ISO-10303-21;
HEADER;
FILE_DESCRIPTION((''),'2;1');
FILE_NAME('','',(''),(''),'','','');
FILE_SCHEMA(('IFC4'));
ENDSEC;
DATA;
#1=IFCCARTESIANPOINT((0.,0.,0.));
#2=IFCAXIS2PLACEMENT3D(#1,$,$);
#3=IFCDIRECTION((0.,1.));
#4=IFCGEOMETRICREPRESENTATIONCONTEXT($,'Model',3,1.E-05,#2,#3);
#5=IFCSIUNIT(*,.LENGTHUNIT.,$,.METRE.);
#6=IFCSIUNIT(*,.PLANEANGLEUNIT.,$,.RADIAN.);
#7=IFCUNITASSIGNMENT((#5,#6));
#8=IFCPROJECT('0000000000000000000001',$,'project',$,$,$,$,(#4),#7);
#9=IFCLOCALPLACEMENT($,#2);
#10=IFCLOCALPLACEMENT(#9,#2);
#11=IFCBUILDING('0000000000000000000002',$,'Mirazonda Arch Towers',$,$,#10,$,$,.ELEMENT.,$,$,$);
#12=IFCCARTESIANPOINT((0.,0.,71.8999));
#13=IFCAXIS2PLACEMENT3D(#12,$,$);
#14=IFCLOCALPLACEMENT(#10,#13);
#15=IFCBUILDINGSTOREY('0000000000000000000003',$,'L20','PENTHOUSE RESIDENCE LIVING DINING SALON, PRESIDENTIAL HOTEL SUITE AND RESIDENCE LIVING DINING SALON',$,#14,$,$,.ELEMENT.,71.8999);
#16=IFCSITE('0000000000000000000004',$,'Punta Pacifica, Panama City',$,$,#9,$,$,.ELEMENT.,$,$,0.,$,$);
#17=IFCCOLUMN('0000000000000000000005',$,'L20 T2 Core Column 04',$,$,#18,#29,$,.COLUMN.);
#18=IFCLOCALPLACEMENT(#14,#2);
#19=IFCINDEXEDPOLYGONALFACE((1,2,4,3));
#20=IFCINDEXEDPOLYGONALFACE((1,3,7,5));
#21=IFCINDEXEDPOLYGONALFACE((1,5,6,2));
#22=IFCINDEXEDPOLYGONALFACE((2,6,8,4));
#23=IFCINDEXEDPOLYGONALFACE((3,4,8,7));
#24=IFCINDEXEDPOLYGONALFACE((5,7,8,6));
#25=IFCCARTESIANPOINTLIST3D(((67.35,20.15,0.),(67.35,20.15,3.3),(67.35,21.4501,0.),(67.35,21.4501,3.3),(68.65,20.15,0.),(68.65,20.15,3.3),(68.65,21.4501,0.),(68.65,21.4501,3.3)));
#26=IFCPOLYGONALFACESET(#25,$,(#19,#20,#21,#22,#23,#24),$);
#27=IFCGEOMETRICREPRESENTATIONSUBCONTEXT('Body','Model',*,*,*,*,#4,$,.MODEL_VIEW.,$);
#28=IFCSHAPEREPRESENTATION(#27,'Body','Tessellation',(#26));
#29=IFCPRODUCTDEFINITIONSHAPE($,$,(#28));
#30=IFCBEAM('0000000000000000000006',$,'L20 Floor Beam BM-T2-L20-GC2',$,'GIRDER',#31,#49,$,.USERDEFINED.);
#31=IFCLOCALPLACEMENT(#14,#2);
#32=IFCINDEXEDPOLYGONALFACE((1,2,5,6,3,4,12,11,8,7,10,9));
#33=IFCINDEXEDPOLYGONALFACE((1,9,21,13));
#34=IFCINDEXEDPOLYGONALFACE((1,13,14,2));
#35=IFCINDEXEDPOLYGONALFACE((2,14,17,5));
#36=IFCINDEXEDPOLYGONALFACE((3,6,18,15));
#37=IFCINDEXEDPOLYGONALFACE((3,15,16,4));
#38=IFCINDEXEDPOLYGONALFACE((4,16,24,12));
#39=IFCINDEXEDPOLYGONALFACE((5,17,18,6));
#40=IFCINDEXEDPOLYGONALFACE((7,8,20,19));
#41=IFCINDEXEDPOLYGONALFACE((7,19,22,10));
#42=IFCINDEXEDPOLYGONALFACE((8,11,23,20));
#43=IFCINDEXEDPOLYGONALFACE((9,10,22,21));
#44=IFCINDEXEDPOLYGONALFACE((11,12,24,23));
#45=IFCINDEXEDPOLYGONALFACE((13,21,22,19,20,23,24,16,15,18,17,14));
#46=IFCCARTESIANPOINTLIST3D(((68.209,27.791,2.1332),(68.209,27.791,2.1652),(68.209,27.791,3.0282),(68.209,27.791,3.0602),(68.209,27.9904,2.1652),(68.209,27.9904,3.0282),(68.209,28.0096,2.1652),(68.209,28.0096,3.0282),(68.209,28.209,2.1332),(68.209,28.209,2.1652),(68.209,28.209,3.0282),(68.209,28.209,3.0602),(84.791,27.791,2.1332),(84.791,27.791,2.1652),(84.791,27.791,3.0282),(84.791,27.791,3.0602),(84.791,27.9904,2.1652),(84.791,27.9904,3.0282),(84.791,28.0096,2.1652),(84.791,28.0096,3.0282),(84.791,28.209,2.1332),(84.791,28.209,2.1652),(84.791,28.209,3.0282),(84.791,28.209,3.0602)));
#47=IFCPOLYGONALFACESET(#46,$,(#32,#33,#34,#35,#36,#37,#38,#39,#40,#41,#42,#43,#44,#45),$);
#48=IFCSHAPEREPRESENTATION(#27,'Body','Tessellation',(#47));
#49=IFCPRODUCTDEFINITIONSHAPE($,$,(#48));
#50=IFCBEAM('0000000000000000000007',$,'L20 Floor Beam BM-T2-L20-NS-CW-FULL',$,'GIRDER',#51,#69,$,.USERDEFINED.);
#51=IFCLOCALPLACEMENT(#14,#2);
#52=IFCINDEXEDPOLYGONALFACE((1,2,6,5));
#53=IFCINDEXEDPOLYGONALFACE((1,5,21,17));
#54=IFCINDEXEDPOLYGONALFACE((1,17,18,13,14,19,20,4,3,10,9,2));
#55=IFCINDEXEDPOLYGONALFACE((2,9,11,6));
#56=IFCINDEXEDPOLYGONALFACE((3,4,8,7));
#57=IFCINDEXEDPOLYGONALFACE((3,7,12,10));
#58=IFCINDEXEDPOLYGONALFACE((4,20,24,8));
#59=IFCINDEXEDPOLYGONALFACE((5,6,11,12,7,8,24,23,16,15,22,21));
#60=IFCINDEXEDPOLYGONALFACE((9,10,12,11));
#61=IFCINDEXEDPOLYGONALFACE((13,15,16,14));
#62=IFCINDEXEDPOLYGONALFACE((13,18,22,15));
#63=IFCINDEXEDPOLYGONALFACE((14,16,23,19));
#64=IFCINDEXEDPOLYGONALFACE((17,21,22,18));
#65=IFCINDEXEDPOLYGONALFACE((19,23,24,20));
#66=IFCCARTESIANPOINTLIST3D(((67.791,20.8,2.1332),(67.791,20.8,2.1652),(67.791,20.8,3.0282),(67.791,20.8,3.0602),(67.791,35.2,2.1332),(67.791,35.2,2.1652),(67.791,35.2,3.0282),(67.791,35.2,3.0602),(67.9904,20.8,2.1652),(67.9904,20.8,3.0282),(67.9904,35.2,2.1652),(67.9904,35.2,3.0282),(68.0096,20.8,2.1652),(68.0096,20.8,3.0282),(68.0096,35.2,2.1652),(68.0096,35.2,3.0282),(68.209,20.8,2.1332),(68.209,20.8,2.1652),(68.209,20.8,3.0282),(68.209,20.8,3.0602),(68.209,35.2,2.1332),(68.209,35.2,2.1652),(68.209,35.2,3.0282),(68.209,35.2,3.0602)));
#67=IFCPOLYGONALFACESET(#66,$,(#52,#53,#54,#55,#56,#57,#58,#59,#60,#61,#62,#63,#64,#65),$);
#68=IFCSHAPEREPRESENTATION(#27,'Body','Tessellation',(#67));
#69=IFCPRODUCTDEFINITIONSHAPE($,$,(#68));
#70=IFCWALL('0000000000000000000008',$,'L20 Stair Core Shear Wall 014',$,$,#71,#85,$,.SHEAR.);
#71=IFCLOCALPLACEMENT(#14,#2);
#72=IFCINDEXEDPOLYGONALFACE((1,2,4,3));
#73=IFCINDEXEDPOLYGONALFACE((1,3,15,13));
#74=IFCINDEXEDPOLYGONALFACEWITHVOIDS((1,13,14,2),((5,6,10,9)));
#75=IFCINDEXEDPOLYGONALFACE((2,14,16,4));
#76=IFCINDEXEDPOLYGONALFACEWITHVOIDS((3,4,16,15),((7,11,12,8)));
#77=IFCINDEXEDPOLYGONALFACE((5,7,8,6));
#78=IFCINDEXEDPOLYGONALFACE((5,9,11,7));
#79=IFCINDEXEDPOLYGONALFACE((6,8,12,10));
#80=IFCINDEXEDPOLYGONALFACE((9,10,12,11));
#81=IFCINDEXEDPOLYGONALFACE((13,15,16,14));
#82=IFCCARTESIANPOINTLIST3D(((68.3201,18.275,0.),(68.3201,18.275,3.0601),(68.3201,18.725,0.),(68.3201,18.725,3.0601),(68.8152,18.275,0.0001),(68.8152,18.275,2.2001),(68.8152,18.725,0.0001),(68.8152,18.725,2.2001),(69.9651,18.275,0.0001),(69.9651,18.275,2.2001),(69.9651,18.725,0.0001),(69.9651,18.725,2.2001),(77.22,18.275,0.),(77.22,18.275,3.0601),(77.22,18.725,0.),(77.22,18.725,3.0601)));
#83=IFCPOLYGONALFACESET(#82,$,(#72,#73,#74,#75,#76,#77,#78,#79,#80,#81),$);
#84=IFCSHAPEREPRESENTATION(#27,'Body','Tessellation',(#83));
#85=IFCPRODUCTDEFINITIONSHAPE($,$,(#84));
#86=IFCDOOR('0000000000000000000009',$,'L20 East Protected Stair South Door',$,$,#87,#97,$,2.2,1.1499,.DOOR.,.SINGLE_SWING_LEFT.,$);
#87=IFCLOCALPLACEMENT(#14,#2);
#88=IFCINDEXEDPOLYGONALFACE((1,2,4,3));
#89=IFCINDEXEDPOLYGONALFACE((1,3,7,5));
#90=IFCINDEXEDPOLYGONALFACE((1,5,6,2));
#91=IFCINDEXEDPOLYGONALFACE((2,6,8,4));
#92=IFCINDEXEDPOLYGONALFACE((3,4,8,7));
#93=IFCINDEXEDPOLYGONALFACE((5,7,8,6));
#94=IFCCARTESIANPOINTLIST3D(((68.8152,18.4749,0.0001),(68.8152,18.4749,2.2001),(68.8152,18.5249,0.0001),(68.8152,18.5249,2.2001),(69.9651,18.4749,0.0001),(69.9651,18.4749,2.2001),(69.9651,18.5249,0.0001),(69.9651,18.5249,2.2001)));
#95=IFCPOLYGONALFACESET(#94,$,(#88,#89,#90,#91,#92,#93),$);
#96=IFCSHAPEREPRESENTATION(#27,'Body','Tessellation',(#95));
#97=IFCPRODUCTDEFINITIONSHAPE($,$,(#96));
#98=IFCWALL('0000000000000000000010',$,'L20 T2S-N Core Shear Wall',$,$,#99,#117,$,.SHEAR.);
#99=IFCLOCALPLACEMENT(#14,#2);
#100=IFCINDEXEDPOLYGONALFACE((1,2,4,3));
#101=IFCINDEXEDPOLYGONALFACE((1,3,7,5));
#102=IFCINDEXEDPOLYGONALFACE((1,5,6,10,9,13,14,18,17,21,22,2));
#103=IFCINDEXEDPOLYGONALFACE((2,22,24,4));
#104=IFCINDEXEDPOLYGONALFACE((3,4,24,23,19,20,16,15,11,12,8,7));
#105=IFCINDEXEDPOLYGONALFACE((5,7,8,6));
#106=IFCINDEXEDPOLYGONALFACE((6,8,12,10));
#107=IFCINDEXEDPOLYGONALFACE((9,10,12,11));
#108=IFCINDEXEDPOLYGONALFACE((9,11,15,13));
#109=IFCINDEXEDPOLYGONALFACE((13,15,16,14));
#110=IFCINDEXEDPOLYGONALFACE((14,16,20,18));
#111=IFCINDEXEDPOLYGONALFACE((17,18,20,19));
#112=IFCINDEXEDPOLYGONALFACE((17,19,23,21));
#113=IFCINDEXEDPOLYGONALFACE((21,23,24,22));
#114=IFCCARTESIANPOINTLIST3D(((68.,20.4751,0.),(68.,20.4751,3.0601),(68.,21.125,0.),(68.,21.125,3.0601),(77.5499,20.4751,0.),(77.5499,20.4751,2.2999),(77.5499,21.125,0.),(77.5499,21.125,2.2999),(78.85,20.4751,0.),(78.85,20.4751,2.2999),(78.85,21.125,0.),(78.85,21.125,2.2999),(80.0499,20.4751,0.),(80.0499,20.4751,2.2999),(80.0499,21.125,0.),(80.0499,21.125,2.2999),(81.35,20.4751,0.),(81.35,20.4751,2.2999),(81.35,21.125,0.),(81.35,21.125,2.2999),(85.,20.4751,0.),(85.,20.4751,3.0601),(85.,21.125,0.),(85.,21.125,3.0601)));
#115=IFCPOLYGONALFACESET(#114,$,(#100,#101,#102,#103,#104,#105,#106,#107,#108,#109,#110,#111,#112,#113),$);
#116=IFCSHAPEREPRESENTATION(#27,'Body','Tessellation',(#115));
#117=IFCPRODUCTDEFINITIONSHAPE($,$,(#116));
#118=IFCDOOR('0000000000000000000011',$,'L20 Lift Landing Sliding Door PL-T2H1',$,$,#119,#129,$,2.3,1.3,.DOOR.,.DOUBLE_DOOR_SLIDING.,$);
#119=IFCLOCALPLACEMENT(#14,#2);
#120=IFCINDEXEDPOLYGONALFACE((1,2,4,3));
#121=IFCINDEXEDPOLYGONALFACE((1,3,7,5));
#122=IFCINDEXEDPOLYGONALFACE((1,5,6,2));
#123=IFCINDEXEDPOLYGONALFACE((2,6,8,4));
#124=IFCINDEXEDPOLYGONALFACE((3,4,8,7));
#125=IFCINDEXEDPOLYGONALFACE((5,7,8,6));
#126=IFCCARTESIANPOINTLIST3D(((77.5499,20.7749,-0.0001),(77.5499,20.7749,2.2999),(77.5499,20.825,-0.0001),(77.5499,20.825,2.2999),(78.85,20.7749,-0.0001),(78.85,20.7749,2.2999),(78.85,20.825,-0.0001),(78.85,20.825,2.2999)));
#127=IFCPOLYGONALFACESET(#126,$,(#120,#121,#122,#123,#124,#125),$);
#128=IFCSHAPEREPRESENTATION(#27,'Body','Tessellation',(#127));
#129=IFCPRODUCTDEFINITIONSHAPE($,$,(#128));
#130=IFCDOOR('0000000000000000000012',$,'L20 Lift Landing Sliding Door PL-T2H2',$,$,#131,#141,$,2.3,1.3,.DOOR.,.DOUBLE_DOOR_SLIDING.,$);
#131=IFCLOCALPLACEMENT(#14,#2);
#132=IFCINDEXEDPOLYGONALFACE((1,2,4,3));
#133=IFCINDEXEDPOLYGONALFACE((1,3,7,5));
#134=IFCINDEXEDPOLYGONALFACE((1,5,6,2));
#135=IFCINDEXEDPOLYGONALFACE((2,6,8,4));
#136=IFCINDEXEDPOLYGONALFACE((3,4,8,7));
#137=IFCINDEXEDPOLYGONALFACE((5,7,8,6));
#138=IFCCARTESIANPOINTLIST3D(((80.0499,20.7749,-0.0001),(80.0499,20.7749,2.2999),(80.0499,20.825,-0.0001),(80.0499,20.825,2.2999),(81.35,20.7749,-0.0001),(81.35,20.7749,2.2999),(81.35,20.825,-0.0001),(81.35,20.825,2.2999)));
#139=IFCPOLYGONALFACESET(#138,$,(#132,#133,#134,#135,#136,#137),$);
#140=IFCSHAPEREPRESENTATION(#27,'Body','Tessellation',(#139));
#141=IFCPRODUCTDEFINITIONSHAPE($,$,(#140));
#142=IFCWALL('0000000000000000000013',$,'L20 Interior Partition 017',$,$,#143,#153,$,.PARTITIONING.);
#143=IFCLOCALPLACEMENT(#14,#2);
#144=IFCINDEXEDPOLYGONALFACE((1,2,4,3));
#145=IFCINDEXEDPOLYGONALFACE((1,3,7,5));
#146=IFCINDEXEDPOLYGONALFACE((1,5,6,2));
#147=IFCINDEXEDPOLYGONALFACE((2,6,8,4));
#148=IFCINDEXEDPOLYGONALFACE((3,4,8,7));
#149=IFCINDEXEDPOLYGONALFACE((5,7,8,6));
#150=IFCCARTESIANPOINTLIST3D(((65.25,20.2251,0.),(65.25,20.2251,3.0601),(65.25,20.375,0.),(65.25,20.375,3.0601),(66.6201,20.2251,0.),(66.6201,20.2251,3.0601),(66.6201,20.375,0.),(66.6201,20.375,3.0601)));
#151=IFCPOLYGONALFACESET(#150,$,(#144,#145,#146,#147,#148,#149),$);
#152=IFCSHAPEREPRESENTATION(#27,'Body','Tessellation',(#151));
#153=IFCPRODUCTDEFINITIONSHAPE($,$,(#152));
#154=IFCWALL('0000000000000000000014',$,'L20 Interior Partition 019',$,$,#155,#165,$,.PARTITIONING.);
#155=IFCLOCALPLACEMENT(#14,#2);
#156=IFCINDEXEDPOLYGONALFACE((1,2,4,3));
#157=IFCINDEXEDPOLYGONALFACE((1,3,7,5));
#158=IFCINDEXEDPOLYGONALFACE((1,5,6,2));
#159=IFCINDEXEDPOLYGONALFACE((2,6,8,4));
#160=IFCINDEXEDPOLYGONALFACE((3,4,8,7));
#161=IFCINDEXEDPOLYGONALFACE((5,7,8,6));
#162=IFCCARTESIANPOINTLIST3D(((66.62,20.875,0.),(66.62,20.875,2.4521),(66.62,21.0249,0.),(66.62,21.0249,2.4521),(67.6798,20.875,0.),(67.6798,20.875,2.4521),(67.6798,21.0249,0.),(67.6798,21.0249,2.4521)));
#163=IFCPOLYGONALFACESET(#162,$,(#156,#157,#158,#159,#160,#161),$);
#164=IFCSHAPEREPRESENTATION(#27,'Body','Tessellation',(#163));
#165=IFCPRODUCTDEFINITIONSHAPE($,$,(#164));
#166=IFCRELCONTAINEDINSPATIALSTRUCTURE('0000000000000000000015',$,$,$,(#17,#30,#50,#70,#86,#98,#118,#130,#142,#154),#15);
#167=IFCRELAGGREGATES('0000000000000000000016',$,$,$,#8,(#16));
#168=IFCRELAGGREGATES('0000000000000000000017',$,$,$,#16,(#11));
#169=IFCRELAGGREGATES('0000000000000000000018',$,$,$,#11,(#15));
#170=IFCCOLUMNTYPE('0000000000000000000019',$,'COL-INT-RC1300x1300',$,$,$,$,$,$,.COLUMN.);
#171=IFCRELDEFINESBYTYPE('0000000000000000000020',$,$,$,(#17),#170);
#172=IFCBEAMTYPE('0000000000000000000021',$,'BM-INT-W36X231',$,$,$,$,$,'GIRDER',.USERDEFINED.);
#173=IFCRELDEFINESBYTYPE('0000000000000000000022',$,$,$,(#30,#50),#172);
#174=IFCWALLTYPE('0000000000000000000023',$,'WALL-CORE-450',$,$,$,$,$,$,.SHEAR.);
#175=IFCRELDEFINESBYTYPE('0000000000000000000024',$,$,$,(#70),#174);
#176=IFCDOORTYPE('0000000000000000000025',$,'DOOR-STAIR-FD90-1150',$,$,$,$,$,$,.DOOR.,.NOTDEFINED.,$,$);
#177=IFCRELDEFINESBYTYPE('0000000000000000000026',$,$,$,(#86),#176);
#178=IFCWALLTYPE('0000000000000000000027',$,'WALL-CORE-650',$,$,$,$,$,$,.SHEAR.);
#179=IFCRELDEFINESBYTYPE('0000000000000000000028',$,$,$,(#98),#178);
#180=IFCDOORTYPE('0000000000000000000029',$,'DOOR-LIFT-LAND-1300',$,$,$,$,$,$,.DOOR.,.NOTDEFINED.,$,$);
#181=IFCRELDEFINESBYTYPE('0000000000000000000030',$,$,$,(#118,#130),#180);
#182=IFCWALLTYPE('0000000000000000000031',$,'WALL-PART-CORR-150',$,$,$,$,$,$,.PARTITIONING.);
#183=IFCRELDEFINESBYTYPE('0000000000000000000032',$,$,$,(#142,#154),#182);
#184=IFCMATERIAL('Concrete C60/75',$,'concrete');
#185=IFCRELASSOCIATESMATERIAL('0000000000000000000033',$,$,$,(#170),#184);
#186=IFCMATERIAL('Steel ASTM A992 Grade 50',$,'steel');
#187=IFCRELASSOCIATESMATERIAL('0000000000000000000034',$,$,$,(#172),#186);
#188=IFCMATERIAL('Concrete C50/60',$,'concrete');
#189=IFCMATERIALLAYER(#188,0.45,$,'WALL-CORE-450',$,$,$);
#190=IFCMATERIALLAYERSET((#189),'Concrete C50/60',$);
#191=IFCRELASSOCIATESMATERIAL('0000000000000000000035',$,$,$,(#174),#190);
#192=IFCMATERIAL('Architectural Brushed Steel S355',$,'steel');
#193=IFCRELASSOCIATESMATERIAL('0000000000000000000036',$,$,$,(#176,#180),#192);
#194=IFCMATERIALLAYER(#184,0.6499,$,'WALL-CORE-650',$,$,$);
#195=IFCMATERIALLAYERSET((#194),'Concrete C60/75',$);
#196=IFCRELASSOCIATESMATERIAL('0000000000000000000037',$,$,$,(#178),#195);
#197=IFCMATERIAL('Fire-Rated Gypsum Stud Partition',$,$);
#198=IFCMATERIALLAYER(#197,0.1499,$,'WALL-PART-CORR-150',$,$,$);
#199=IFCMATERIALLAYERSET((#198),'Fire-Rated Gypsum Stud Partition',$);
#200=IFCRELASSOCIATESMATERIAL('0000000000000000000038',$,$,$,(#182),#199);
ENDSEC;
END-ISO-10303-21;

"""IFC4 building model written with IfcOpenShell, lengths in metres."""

from ifc_helpers import new_model, si_unit, direction, frame, frame_2d, origin, origin_2d, place, context, subcontext, project, spatial, rectangle, i_section, extrude, material, layer, layer_set, material_profile, profile_set, type_object, element, fill, save


model = new_model("IFC4")

# Units and contexts
model_context = context("Model", 3, precision=1e-05, world=origin(), true_north=direction((0.0, 1.0)))
body_context = subcontext(model_context, "Body", "Model", "MODEL_VIEW")
ifc_project = project(units=[si_unit("LENGTHUNIT", "METRE"), si_unit("PLANEANGLEUNIT", "RADIAN")], contexts=[model_context])

# Site, building, storey
site_placement = place(None, origin())
site = spatial("IfcSite", under=ifc_project, at=site_placement, Name="Punta Pacifica, Panama City", CompositionType="ELEMENT", RefElevation=0.0)
building_placement = place(site_placement, origin())
building = spatial("IfcBuilding", under=site, at=building_placement, Name="Mirazonda Arch Towers", CompositionType="ELEMENT")
storey_placement = place(building_placement, frame((0.0, 0.0, 71.8999)))
storey = spatial("IfcBuildingStorey", under=building, at=storey_placement, Name="L20", Description="PENTHOUSE RESIDENCE LIVING DINING SALON, PRESIDENTIAL HOTEL SUITE AND RESIDENCE LIVING DINING SALON", CompositionType="ELEMENT", Elevation=71.8999)

# Column
ifc_material_1 = material(Name="Concrete C60/75", Category="concrete")
ifc_material_profile_1 = material_profile(ifc_material_1, rectangle(XDim=1.3, YDim=1.3, at=origin_2d()), Name="RC1300x1300")
ifc_profile_set_1 = profile_set([ifc_material_profile_1], Name="Concrete C60/75")
column_type = type_object("IfcColumnType", Name="COL-INT-RC1300x1300", PredefinedType="COLUMN", material=ifc_profile_set_1)
column_placement = place(storey_placement, frame((68.0, 20.8, 0.0), z_axis=(0.0, 0.0, 1.0), x_axis=(1.0, 0.0, 0.0)))
element("IfcColumn", 1, at=column_placement, inside=storey, type_object=column_type, Name="L20 T2 Core Column 04", PredefinedType="COLUMN", context=body_context, shape_type="SweptSolid", body=[
    extrude(rectangle(XDim=1.3, YDim=1.3, at=origin_2d()), origin(), (0.0, 0.0, 1.0), 3.3),
])

# Beams
ifc_material_2 = material(Name="Steel ASTM A992 Grade 50", Category="steel")
ifc_material_profile_2 = material_profile(ifc_material_2, i_section(OverallWidth=0.418, OverallDepth=0.927, WebThickness=0.0193, FlangeThickness=0.032, at=origin_2d()), Name="W36X231")
ifc_profile_set_2 = profile_set([ifc_material_profile_2], Name="Steel ASTM A992 Grade 50")
beam_type = type_object("IfcBeamType", Name="BM-INT-W36X231", ElementType="GIRDER", PredefinedType="USERDEFINED", material=ifc_profile_set_2)
beam_1_placement = place(storey_placement, frame((68.209, 28.0, 2.5967), z_axis=(1.0, 0.0, 0.0), x_axis=(0.0, 1.0, 0.0)))
element("IfcBeam", 2, at=beam_1_placement, inside=storey, type_object=beam_type, Name="L20 Floor Beam BM-T2-L20-GC2", ObjectType="GIRDER", PredefinedType="USERDEFINED", context=body_context, shape_type="SweptSolid", body=[
    extrude(i_section(OverallWidth=0.418, OverallDepth=0.927, WebThickness=0.0193, FlangeThickness=0.032, at=origin_2d()), origin(), (0.0, 0.0, 1.0), 16.582),
])
beam_2_placement = place(storey_placement, frame((68.0, 20.8, 2.5967), z_axis=(0.0, 1.0, 0.0), x_axis=(-1.0, 0.0, 0.0)))
element("IfcBeam", 3, at=beam_2_placement, inside=storey, type_object=beam_type, Name="L20 Floor Beam BM-T2-L20-NS-CW-FULL", ObjectType="GIRDER", PredefinedType="USERDEFINED", context=body_context, shape_type="SweptSolid", body=[
    extrude(i_section(OverallWidth=0.418, OverallDepth=0.927, WebThickness=0.0193, FlangeThickness=0.032, at=origin_2d()), origin(), (0.0, 0.0, 1.0), 14.3999),
])

# Wall, opening, door
ifc_material_3 = material(Name="Concrete C50/60", Category="concrete")
ifc_layer_1 = layer(ifc_material_3, 0.45, Name="WALL-CORE-450")
ifc_layer_set_1 = layer_set([ifc_layer_1], Name="Concrete C50/60")
wall_type_1 = type_object("IfcWallType", Name="WALL-CORE-450", PredefinedType="SHEAR", material=ifc_layer_set_1)
wall_1_placement = place(storey_placement, frame((68.3201, 18.5, 0.0), z_axis=(0.0, 0.0, 1.0), x_axis=(1.0, 0.0, 0.0)))
wall_1 = element("IfcWall", 4, at=wall_1_placement, inside=storey, type_object=wall_type_1, Name="L20 Stair Core Shear Wall 014", PredefinedType="SHEAR", context=body_context, shape_type="SweptSolid", body=[
    extrude(rectangle(XDim=8.8999, YDim=0.45, at=frame_2d((4.45, 0.0))), origin(), (0.0, 0.0, 1.0), 3.0601),
])
opening_1_placement = place(wall_1_placement, frame((0.4951, 0.0, 0.0)))
opening_1 = element("IfcOpeningElement", 5, at=opening_1_placement, cuts=wall_1, PredefinedType="OPENING", context=body_context, shape_type="SweptSolid", body=[
    extrude(rectangle(XDim=1.1499, YDim=2.2, at=frame_2d((0.575, 1.1001))), frame((0.0, 0.2349, 0.0), z_axis=(0.0, -1.0, 0.0), x_axis=(1.0, 0.0, 0.0)), (0.0, 0.0, 1.0), 0.47),
])
ifc_material_4 = material(Name="Architectural Brushed Steel S355", Category="steel")
door_type_1 = type_object("IfcDoorType", Name="DOOR-STAIR-FD90-1150", OperationType="NOTDEFINED", PredefinedType="DOOR", material=ifc_material_4)
door_1_placement = place(opening_1_placement, origin())
door_1 = element("IfcDoor", 6, at=door_1_placement, inside=storey, type_object=door_type_1, Name="L20 East Protected Stair South Door", OperationType="SINGLE_SWING_LEFT", OverallHeight=2.2, OverallWidth=1.1499, PredefinedType="DOOR", context=body_context, shape_type="SweptSolid", body=[
    extrude(rectangle(XDim=1.1499, YDim=2.2, at=frame_2d((0.575, 1.1001))), frame((0.0, 0.0249, 0.0), z_axis=(0.0, -1.0, 0.0), x_axis=(1.0, 0.0, 0.0)), (0.0, 0.0, 1.0), 0.05),
])
fill(opening_1, door_1)

# Wall, openings, doors
ifc_layer_2 = layer(ifc_material_1, 0.6499, Name="WALL-CORE-650")
ifc_layer_set_2 = layer_set([ifc_layer_2], Name="Concrete C60/75")
wall_type_2 = type_object("IfcWallType", Name="WALL-CORE-650", PredefinedType="SHEAR", material=ifc_layer_set_2)
wall_2_placement = place(storey_placement, frame((68.0, 20.8, 0.0), z_axis=(0.0, 0.0, 1.0), x_axis=(1.0, 0.0, 0.0)))
wall_2 = element("IfcWall", 7, at=wall_2_placement, inside=storey, type_object=wall_type_2, Name="L20 T2S-N Core Shear Wall", PredefinedType="SHEAR", context=body_context, shape_type="SweptSolid", body=[
    extrude(rectangle(XDim=17.0, YDim=0.6499, at=frame_2d((8.5, 0.0))), origin(), (0.0, 0.0, 1.0), 3.0601),
])
opening_2_placement = place(wall_2_placement, frame((9.55, 0.0, 0.0)))
opening_2 = element("IfcOpeningElement", 8, at=opening_2_placement, cuts=wall_2, PredefinedType="OPENING", context=body_context, shape_type="SweptSolid", body=[
    extrude(rectangle(XDim=1.3, YDim=2.3, at=frame_2d((0.6499, 1.1499))), frame((0.0, 0.335, 0.0), z_axis=(0.0, -1.0, 0.0), x_axis=(1.0, 0.0, 0.0)), (0.0, 0.0, 1.0), 0.6699),
])
opening_3_placement = place(wall_2_placement, frame((12.05, 0.0, 0.0)))
opening_3 = element("IfcOpeningElement", 9, at=opening_3_placement, cuts=wall_2, PredefinedType="OPENING", context=body_context, shape_type="SweptSolid", body=[
    extrude(rectangle(XDim=1.3, YDim=2.3, at=frame_2d((0.6499, 1.1499))), frame((0.0, 0.335, 0.0), z_axis=(0.0, -1.0, 0.0), x_axis=(1.0, 0.0, 0.0)), (0.0, 0.0, 1.0), 0.6699),
])
door_type_2 = type_object("IfcDoorType", Name="DOOR-LIFT-LAND-1300", OperationType="NOTDEFINED", PredefinedType="DOOR", material=ifc_material_4)
door_2_placement = place(opening_2_placement, origin())
door_2 = element("IfcDoor", 10, at=door_2_placement, inside=storey, type_object=door_type_2, Name="L20 Lift Landing Sliding Door PL-T2H1", OperationType="DOUBLE_DOOR_SLIDING", OverallHeight=2.3, OverallWidth=1.3, PredefinedType="DOOR", context=body_context, shape_type="SweptSolid", body=[
    extrude(rectangle(XDim=1.3, YDim=2.3, at=frame_2d((0.6499, 1.1499))), frame((0.0, 0.0249, 0.0), z_axis=(0.0, -1.0, 0.0), x_axis=(1.0, 0.0, 0.0)), (0.0, 0.0, 1.0), 0.05),
])
fill(opening_2, door_2)
door_3_placement = place(opening_3_placement, origin())
door_3 = element("IfcDoor", 11, at=door_3_placement, inside=storey, type_object=door_type_2, Name="L20 Lift Landing Sliding Door PL-T2H2", OperationType="DOUBLE_DOOR_SLIDING", OverallHeight=2.3, OverallWidth=1.3, PredefinedType="DOOR", context=body_context, shape_type="SweptSolid", body=[
    extrude(rectangle(XDim=1.3, YDim=2.3, at=frame_2d((0.6499, 1.1499))), frame((0.0, 0.0249, 0.0), z_axis=(0.0, -1.0, 0.0), x_axis=(1.0, 0.0, 0.0)), (0.0, 0.0, 1.0), 0.05),
])
fill(opening_3, door_3)

# Walls
ifc_material_5 = material(Name="Fire-Rated Gypsum Stud Partition")
ifc_layer_3 = layer(ifc_material_5, 0.1499, Name="WALL-PART-CORR-150")
ifc_layer_set_3 = layer_set([ifc_layer_3], Name="Fire-Rated Gypsum Stud Partition")
wall_type_3 = type_object("IfcWallType", Name="WALL-PART-CORR-150", PredefinedType="PARTITIONING", material=ifc_layer_set_3)
wall_3_placement = place(storey_placement, frame((65.25, 20.3, 0.0), z_axis=(0.0, 0.0, 1.0), x_axis=(1.0, 0.0, 0.0)))
element("IfcWall", 12, at=wall_3_placement, inside=storey, type_object=wall_type_3, Name="L20 Interior Partition 017", PredefinedType="PARTITIONING", context=body_context, shape_type="SweptSolid", body=[
    extrude(rectangle(XDim=1.3701, YDim=0.1499, at=frame_2d((0.6851, 0.0))), origin(), (0.0, 0.0, 1.0), 3.0601),
])
wall_4_placement = place(storey_placement, frame((66.6201, 20.95, 0.0), z_axis=(0.0, 0.0, 1.0), x_axis=(1.0, 0.0, 0.0)))
element("IfcWall", 13, at=wall_4_placement, inside=storey, type_object=wall_type_3, Name="L20 Interior Partition 019", PredefinedType="PARTITIONING", context=body_context, shape_type="SweptSolid", body=[
    extrude(rectangle(XDim=1.0598, YDim=0.1499, at=frame_2d((0.5298, 0.0))), origin(), (0.0, 0.0, 1.0), 2.4521),
])

save(model, "model.ifc")
